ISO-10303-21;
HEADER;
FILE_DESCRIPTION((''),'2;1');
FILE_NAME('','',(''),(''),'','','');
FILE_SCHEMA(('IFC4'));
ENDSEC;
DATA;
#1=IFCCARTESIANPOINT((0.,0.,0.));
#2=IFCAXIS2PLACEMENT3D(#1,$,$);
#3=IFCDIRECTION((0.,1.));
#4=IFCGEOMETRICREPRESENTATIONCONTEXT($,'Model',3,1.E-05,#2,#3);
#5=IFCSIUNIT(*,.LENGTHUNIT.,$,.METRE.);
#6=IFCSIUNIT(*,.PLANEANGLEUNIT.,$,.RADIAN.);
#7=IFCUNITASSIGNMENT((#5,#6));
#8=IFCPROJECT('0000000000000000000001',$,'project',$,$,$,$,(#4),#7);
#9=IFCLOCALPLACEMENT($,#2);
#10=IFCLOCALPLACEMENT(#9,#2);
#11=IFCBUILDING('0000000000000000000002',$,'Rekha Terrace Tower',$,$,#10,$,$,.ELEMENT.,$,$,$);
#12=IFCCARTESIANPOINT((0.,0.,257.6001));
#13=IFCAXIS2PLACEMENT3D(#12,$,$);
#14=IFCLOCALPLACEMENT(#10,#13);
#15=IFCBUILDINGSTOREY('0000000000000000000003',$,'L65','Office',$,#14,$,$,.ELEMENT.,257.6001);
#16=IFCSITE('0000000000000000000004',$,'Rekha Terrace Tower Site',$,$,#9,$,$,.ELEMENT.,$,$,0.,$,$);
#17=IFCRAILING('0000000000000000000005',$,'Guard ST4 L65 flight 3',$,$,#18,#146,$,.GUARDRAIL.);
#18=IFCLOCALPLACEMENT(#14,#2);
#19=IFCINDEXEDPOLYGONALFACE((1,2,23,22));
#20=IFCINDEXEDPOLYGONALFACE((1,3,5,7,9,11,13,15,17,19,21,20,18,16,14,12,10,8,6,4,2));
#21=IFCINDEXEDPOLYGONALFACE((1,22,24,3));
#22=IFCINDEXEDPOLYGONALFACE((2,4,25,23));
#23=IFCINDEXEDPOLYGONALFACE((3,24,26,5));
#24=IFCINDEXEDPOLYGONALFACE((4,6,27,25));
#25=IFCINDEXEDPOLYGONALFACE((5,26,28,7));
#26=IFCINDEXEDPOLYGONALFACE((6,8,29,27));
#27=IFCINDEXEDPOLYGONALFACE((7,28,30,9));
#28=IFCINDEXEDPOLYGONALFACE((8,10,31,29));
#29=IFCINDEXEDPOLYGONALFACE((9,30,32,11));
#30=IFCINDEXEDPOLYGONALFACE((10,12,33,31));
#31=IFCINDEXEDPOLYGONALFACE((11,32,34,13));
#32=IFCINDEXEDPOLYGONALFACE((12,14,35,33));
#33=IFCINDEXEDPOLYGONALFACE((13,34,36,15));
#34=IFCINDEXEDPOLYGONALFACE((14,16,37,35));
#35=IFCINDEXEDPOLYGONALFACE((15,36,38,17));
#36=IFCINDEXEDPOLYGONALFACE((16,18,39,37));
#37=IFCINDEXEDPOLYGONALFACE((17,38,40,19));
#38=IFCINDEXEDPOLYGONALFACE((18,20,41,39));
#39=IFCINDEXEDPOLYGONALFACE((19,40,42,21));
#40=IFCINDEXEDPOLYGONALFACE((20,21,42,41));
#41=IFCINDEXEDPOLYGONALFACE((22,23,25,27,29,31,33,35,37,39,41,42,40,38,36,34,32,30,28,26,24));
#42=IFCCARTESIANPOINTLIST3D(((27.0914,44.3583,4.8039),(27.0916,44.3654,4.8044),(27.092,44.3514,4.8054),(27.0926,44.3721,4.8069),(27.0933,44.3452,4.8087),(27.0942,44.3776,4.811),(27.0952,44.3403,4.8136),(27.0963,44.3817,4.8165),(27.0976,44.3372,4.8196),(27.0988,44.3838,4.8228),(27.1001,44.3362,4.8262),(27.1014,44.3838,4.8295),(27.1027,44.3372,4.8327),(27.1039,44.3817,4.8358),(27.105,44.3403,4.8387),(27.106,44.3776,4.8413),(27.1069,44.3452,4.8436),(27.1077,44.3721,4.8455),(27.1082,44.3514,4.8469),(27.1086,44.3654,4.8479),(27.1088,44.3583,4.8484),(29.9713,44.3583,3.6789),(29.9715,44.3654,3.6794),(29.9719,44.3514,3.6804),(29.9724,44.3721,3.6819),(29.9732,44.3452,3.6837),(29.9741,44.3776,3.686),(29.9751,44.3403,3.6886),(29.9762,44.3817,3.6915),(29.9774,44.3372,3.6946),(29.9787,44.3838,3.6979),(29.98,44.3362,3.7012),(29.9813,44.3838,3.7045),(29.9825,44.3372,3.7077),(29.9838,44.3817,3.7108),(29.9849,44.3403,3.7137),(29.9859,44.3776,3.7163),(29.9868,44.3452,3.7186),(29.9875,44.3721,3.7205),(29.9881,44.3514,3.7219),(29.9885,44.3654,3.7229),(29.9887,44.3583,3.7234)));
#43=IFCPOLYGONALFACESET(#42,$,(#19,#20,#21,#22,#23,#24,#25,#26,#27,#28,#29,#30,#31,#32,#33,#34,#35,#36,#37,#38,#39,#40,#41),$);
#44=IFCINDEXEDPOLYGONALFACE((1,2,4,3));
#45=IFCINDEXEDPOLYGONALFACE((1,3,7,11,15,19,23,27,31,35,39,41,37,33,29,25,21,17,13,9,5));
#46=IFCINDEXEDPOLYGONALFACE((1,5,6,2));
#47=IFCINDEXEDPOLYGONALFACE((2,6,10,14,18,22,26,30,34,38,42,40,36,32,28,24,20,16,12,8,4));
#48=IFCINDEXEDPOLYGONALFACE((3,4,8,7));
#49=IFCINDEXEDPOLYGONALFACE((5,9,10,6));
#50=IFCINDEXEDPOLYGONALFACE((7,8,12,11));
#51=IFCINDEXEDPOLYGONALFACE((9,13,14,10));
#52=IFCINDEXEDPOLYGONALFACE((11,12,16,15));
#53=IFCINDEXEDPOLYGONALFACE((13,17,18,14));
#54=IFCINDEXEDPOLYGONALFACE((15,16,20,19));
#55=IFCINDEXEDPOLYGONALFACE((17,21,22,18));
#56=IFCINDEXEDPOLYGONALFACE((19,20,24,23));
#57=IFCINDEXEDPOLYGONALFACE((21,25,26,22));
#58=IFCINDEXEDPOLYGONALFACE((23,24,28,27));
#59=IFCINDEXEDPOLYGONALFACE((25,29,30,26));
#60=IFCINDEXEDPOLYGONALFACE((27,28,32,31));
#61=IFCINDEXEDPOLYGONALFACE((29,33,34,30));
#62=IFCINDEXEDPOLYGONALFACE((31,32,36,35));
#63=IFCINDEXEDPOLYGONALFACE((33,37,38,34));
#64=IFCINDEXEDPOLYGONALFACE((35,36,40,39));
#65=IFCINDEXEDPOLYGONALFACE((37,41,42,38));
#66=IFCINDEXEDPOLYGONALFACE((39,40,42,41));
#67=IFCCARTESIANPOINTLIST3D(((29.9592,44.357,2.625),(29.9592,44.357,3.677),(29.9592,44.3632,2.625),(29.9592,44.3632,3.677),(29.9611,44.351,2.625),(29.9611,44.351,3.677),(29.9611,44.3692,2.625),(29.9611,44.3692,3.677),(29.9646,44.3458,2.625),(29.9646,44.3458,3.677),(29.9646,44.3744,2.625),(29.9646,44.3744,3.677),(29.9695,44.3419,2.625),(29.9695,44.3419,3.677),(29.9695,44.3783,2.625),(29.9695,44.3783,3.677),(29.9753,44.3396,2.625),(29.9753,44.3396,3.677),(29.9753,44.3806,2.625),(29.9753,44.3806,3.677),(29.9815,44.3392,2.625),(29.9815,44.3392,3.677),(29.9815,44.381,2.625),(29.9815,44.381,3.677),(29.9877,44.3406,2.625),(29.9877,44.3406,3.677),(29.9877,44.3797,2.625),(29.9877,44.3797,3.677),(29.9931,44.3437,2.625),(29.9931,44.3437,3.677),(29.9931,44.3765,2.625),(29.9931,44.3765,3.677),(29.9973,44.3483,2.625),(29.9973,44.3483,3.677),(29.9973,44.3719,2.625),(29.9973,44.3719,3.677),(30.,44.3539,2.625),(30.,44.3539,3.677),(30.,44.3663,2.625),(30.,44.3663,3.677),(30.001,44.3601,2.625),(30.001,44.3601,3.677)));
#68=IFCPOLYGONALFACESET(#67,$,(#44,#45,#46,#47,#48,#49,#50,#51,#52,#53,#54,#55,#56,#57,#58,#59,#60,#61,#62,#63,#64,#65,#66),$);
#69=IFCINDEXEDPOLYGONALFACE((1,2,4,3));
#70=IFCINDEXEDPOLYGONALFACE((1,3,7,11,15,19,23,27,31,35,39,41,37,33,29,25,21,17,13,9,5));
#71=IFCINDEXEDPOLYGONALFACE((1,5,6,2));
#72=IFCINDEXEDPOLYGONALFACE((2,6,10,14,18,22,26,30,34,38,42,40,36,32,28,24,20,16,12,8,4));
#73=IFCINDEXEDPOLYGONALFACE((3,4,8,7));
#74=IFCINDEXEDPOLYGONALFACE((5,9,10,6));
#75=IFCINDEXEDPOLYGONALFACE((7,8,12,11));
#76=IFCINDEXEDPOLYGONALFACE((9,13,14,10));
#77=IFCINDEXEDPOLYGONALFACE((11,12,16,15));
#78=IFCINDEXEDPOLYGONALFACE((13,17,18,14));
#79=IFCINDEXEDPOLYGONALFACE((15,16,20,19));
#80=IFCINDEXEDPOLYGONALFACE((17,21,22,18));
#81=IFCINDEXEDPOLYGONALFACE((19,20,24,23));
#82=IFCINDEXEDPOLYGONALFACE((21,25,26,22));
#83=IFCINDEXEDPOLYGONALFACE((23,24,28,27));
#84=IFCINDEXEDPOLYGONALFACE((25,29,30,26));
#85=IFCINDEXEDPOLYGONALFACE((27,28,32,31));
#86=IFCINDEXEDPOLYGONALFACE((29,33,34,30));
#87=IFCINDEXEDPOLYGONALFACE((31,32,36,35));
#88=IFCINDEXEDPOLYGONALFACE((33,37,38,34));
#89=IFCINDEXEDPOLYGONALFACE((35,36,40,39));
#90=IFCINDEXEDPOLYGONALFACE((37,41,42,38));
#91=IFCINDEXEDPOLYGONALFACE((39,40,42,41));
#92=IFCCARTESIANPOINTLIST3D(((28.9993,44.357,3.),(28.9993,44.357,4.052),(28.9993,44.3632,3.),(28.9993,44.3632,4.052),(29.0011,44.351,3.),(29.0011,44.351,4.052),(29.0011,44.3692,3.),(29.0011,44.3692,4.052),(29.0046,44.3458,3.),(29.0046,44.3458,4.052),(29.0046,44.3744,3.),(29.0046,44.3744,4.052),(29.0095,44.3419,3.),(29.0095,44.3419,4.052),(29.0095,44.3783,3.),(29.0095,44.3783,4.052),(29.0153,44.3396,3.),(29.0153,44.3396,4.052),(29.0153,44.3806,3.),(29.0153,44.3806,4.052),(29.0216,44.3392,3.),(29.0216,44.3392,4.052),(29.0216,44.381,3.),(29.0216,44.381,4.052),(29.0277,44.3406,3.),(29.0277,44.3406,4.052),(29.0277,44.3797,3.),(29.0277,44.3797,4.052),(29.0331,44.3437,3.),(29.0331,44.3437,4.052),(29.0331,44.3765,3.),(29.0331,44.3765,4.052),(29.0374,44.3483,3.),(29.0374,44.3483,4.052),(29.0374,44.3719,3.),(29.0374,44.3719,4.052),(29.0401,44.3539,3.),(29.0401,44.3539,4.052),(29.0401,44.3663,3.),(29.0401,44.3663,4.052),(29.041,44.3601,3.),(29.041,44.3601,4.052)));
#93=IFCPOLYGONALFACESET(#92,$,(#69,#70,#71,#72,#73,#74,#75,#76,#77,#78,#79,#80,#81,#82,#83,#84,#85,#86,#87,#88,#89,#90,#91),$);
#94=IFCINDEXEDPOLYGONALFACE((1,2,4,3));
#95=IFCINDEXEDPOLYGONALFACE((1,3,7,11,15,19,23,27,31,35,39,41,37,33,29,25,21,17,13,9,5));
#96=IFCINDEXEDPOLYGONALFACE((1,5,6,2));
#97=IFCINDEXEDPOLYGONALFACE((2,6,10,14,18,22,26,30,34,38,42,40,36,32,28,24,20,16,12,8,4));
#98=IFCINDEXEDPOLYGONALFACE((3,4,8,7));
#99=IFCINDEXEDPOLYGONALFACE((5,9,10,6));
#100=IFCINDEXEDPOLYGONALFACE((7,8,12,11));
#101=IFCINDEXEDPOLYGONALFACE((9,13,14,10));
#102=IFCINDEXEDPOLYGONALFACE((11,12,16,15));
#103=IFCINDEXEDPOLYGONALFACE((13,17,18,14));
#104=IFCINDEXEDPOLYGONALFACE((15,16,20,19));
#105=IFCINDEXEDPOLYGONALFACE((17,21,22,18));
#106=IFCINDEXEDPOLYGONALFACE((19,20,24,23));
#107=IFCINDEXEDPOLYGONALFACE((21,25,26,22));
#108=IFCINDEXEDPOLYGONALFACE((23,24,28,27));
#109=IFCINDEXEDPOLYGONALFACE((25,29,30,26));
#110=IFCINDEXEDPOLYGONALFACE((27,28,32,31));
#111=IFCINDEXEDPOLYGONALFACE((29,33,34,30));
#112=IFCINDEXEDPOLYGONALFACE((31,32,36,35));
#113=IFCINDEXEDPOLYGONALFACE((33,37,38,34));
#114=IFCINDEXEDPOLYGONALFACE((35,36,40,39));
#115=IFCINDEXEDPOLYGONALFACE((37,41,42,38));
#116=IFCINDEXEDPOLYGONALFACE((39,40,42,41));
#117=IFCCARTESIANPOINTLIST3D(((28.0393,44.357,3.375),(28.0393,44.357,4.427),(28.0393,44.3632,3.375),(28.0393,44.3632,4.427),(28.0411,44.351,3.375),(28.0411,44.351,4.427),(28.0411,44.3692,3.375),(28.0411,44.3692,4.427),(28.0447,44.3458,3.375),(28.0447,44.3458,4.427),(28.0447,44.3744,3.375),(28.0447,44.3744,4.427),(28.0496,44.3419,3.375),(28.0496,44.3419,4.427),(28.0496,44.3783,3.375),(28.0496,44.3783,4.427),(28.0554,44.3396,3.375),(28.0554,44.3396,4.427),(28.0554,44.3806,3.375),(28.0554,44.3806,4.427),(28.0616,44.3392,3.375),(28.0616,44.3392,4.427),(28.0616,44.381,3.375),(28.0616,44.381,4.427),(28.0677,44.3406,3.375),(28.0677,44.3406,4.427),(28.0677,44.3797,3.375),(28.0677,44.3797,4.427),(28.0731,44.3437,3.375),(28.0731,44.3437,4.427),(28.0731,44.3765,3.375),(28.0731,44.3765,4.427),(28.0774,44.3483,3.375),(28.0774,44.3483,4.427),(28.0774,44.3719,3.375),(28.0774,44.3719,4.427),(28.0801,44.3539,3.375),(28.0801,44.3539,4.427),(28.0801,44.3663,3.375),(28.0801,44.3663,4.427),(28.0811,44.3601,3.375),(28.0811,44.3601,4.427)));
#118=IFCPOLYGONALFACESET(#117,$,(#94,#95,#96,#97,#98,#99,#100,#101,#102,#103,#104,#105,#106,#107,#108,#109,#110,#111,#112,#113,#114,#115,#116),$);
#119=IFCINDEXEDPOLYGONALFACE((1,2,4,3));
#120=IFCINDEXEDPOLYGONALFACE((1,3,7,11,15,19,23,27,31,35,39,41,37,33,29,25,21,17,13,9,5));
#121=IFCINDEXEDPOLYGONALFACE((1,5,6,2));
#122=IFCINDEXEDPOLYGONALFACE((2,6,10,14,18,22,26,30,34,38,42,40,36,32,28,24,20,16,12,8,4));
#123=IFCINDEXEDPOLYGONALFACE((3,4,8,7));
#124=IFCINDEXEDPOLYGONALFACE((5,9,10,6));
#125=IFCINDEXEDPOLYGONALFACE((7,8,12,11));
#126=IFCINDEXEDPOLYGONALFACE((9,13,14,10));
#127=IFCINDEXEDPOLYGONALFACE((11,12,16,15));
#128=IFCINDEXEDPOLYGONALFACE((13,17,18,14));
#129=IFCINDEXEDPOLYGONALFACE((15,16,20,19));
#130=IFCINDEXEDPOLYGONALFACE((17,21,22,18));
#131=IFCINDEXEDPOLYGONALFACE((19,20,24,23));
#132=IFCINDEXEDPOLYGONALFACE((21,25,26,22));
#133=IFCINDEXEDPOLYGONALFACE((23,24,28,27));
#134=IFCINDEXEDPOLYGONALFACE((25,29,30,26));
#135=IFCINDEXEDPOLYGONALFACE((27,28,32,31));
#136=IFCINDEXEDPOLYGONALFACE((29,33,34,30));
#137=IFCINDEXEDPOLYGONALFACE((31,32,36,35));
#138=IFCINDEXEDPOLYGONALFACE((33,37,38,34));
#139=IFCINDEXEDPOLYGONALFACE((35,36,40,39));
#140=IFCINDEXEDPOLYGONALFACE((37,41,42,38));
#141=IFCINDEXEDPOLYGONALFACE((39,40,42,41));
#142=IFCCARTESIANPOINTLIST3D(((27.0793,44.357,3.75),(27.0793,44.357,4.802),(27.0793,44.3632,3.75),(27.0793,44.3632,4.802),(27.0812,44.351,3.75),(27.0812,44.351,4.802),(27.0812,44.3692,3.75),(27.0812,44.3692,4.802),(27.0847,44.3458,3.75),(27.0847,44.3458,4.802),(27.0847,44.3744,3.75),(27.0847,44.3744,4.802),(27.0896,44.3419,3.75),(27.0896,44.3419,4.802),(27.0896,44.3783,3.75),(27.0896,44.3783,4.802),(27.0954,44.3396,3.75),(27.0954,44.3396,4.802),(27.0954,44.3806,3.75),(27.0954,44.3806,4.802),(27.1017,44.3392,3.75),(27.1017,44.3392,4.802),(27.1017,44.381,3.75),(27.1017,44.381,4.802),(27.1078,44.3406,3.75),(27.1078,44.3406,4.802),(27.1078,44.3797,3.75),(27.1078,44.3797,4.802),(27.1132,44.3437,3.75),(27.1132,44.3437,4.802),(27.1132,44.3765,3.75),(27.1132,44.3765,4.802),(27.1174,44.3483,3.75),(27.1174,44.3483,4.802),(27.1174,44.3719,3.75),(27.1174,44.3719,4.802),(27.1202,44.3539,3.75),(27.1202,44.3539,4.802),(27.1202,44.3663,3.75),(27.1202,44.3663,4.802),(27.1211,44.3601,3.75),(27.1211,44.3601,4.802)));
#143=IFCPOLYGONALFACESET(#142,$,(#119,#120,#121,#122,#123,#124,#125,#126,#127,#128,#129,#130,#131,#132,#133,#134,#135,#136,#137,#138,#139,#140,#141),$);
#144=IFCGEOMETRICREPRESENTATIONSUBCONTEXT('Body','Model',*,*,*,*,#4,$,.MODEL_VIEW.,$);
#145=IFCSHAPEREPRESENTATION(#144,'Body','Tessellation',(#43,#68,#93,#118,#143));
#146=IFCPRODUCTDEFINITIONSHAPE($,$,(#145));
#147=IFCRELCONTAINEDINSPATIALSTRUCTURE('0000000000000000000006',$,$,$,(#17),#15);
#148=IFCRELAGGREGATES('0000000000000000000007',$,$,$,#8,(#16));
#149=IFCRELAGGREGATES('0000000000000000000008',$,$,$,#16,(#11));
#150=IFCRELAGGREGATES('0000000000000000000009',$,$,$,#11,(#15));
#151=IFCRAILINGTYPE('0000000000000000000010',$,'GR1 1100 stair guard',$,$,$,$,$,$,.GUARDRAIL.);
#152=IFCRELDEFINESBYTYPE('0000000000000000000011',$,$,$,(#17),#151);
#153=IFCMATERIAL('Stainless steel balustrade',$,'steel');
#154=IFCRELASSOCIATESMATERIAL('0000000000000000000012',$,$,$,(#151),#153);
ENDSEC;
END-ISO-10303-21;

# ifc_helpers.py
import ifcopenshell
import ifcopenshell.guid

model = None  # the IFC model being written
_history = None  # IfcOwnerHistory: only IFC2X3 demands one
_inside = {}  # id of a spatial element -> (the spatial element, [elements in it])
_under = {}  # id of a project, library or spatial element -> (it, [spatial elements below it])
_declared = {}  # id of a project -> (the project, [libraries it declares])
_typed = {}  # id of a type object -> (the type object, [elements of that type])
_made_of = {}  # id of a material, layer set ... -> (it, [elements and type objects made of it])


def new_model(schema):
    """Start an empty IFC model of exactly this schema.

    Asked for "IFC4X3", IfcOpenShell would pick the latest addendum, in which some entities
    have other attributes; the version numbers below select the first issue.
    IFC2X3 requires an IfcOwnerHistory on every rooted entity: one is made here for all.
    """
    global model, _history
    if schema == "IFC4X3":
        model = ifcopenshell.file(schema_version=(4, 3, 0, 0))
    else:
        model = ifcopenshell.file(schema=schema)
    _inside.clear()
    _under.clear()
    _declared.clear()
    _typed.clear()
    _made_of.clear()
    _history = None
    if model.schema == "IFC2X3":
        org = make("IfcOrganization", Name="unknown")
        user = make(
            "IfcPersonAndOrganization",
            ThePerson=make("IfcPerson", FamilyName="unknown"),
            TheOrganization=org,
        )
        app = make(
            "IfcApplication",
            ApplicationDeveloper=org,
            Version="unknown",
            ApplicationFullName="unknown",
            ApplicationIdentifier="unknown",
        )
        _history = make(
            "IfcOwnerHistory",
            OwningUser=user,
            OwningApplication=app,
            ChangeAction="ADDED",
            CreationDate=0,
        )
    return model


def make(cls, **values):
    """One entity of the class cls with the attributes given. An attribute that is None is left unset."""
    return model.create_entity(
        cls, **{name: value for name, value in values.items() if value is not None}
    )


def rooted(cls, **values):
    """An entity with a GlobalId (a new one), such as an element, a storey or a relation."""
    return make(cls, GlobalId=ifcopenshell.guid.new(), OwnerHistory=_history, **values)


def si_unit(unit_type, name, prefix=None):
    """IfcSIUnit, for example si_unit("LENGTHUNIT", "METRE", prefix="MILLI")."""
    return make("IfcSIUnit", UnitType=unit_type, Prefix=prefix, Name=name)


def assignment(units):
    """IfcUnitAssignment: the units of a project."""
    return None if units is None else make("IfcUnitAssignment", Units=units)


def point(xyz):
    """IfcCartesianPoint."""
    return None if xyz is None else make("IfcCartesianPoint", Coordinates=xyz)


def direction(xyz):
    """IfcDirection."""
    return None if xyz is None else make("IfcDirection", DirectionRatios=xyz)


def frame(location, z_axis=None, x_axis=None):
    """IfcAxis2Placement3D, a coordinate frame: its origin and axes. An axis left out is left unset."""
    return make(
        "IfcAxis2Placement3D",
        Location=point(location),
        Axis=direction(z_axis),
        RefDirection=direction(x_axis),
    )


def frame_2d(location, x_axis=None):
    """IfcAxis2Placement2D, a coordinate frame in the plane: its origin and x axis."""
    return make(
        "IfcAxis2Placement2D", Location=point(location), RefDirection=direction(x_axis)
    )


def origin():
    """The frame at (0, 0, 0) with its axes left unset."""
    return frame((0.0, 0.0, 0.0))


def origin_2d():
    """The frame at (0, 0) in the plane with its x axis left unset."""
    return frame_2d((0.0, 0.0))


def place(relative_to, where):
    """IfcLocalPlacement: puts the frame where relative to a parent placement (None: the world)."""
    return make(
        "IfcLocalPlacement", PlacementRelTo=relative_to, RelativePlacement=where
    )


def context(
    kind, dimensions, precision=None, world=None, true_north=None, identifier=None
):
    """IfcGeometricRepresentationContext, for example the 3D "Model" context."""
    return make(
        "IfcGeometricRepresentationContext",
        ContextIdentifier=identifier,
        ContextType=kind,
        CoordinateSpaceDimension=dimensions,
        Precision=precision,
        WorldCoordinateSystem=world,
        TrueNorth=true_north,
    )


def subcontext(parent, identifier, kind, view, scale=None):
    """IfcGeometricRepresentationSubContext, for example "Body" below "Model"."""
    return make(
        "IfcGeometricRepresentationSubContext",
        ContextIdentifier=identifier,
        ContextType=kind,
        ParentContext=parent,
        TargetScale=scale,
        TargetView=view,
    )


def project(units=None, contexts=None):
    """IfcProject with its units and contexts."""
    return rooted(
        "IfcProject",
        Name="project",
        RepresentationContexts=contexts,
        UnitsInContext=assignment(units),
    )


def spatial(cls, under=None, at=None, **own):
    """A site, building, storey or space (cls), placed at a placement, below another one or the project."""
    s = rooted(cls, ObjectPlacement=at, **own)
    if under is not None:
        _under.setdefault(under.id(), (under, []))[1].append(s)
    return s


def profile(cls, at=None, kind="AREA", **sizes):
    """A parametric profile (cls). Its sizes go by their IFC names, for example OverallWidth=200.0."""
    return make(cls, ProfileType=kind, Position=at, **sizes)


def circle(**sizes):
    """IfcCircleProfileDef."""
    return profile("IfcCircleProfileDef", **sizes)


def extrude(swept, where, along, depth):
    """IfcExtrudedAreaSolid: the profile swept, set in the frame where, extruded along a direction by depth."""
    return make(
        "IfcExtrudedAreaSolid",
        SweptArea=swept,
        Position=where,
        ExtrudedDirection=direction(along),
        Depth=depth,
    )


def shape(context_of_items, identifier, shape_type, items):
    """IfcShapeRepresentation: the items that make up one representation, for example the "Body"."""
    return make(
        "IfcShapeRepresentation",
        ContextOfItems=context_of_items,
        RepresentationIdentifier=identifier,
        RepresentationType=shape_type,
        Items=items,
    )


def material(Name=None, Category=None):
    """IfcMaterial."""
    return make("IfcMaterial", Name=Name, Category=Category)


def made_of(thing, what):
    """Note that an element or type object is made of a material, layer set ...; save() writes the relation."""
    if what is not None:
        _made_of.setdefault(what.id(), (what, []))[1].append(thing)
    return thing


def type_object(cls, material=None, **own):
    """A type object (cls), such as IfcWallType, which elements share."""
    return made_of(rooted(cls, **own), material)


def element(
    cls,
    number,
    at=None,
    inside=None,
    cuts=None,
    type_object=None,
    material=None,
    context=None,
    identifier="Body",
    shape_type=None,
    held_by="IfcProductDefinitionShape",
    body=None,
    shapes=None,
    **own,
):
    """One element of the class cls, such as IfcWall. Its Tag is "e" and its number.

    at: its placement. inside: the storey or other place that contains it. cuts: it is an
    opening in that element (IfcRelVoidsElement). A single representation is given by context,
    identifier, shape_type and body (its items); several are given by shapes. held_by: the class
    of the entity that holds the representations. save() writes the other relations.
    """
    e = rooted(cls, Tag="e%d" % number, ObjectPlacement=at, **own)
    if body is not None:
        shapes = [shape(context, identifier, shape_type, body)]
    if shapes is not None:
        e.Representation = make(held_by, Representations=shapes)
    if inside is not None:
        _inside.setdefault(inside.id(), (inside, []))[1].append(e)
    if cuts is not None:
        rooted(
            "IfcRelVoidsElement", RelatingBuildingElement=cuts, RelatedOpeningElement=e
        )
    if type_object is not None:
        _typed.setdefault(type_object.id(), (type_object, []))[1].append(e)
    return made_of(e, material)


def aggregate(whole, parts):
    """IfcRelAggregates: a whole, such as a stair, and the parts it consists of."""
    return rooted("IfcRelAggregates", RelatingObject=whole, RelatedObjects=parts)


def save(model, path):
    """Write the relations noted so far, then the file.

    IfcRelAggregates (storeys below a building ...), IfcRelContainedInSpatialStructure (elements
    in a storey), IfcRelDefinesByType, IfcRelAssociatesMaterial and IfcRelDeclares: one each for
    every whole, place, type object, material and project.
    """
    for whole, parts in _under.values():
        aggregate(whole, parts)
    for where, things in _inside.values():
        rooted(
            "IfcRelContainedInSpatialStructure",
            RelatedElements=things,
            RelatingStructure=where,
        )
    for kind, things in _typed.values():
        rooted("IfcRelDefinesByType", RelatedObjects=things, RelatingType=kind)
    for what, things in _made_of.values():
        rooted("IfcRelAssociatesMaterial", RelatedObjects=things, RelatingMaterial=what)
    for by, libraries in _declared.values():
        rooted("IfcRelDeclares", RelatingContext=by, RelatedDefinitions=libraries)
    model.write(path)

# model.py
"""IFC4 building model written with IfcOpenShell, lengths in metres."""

from ifc_helpers import new_model, si_unit, direction, frame, origin, origin_2d, place, context, subcontext, project, spatial, circle, extrude, material, type_object, element, save


model = new_model("IFC4")

# Units and contexts
model_context = context("Model", 3, precision=1e-05, world=origin(), true_north=direction((0.0, 1.0)))
body_context = subcontext(model_context, "Body", "Model", "MODEL_VIEW")
ifc_project = project(units=[si_unit("LENGTHUNIT", "METRE"), si_unit("PLANEANGLEUNIT", "RADIAN")], contexts=[model_context])

# Site, building, storey
site_placement = place(None, origin())
site = spatial("IfcSite", under=ifc_project, at=site_placement, Name="Rekha Terrace Tower Site", CompositionType="ELEMENT", RefElevation=0.0)
building_placement = place(site_placement, origin())
building = spatial("IfcBuilding", under=site, at=building_placement, Name="Rekha Terrace Tower", CompositionType="ELEMENT")
storey_placement = place(building_placement, frame((0.0, 0.0, 257.6001)))
storey = spatial("IfcBuildingStorey", under=building, at=storey_placement, Name="L65", Description="Office", CompositionType="ELEMENT", Elevation=257.6001)

# Railing
ifc_material_1 = material(Name="Stainless steel balustrade", Category="steel")
railing_type_1 = type_object("IfcRailingType", Name="GR1 1100 stair guard", PredefinedType="GUARDRAIL", material=ifc_material_1)
railing_1_placement = place(storey_placement, frame((29.98, 44.3601, 2.625)))
element("IfcRailing", 1, at=railing_1_placement, inside=storey, type_object=railing_type_1, Name="Guard ST4 L65 flight 3", PredefinedType="GUARDRAIL", context=body_context, shape_type="SweptSolid", body=[
    extrude(circle(Radius=0.0239, at=origin_2d()), frame((0.0, 0.0, 1.0762), z_axis=(-0.931452, 0.0, 0.363863), x_axis=(0.0, -1.0, 0.0)), (0.0, 0.0, 1.0), 3.0918),
    extrude(circle(Radius=0.021, at=origin_2d()), origin(), (0.0, 0.0, 1.0), 1.052),
    extrude(circle(Radius=0.021, at=origin_2d()), frame((-0.96, 0.0, 0.375)), (0.0, 0.0, 1.0), 1.052),
    extrude(circle(Radius=0.021, at=origin_2d()), frame((-1.9199, 0.0, 0.75)), (0.0, 0.0, 1.0), 1.052),
    extrude(circle(Radius=0.021, at=origin_2d()), frame((-2.8799, 0.0, 1.125)), (0.0, 0.0, 1.0), 1.052),
])

save(model, "model.ifc")
